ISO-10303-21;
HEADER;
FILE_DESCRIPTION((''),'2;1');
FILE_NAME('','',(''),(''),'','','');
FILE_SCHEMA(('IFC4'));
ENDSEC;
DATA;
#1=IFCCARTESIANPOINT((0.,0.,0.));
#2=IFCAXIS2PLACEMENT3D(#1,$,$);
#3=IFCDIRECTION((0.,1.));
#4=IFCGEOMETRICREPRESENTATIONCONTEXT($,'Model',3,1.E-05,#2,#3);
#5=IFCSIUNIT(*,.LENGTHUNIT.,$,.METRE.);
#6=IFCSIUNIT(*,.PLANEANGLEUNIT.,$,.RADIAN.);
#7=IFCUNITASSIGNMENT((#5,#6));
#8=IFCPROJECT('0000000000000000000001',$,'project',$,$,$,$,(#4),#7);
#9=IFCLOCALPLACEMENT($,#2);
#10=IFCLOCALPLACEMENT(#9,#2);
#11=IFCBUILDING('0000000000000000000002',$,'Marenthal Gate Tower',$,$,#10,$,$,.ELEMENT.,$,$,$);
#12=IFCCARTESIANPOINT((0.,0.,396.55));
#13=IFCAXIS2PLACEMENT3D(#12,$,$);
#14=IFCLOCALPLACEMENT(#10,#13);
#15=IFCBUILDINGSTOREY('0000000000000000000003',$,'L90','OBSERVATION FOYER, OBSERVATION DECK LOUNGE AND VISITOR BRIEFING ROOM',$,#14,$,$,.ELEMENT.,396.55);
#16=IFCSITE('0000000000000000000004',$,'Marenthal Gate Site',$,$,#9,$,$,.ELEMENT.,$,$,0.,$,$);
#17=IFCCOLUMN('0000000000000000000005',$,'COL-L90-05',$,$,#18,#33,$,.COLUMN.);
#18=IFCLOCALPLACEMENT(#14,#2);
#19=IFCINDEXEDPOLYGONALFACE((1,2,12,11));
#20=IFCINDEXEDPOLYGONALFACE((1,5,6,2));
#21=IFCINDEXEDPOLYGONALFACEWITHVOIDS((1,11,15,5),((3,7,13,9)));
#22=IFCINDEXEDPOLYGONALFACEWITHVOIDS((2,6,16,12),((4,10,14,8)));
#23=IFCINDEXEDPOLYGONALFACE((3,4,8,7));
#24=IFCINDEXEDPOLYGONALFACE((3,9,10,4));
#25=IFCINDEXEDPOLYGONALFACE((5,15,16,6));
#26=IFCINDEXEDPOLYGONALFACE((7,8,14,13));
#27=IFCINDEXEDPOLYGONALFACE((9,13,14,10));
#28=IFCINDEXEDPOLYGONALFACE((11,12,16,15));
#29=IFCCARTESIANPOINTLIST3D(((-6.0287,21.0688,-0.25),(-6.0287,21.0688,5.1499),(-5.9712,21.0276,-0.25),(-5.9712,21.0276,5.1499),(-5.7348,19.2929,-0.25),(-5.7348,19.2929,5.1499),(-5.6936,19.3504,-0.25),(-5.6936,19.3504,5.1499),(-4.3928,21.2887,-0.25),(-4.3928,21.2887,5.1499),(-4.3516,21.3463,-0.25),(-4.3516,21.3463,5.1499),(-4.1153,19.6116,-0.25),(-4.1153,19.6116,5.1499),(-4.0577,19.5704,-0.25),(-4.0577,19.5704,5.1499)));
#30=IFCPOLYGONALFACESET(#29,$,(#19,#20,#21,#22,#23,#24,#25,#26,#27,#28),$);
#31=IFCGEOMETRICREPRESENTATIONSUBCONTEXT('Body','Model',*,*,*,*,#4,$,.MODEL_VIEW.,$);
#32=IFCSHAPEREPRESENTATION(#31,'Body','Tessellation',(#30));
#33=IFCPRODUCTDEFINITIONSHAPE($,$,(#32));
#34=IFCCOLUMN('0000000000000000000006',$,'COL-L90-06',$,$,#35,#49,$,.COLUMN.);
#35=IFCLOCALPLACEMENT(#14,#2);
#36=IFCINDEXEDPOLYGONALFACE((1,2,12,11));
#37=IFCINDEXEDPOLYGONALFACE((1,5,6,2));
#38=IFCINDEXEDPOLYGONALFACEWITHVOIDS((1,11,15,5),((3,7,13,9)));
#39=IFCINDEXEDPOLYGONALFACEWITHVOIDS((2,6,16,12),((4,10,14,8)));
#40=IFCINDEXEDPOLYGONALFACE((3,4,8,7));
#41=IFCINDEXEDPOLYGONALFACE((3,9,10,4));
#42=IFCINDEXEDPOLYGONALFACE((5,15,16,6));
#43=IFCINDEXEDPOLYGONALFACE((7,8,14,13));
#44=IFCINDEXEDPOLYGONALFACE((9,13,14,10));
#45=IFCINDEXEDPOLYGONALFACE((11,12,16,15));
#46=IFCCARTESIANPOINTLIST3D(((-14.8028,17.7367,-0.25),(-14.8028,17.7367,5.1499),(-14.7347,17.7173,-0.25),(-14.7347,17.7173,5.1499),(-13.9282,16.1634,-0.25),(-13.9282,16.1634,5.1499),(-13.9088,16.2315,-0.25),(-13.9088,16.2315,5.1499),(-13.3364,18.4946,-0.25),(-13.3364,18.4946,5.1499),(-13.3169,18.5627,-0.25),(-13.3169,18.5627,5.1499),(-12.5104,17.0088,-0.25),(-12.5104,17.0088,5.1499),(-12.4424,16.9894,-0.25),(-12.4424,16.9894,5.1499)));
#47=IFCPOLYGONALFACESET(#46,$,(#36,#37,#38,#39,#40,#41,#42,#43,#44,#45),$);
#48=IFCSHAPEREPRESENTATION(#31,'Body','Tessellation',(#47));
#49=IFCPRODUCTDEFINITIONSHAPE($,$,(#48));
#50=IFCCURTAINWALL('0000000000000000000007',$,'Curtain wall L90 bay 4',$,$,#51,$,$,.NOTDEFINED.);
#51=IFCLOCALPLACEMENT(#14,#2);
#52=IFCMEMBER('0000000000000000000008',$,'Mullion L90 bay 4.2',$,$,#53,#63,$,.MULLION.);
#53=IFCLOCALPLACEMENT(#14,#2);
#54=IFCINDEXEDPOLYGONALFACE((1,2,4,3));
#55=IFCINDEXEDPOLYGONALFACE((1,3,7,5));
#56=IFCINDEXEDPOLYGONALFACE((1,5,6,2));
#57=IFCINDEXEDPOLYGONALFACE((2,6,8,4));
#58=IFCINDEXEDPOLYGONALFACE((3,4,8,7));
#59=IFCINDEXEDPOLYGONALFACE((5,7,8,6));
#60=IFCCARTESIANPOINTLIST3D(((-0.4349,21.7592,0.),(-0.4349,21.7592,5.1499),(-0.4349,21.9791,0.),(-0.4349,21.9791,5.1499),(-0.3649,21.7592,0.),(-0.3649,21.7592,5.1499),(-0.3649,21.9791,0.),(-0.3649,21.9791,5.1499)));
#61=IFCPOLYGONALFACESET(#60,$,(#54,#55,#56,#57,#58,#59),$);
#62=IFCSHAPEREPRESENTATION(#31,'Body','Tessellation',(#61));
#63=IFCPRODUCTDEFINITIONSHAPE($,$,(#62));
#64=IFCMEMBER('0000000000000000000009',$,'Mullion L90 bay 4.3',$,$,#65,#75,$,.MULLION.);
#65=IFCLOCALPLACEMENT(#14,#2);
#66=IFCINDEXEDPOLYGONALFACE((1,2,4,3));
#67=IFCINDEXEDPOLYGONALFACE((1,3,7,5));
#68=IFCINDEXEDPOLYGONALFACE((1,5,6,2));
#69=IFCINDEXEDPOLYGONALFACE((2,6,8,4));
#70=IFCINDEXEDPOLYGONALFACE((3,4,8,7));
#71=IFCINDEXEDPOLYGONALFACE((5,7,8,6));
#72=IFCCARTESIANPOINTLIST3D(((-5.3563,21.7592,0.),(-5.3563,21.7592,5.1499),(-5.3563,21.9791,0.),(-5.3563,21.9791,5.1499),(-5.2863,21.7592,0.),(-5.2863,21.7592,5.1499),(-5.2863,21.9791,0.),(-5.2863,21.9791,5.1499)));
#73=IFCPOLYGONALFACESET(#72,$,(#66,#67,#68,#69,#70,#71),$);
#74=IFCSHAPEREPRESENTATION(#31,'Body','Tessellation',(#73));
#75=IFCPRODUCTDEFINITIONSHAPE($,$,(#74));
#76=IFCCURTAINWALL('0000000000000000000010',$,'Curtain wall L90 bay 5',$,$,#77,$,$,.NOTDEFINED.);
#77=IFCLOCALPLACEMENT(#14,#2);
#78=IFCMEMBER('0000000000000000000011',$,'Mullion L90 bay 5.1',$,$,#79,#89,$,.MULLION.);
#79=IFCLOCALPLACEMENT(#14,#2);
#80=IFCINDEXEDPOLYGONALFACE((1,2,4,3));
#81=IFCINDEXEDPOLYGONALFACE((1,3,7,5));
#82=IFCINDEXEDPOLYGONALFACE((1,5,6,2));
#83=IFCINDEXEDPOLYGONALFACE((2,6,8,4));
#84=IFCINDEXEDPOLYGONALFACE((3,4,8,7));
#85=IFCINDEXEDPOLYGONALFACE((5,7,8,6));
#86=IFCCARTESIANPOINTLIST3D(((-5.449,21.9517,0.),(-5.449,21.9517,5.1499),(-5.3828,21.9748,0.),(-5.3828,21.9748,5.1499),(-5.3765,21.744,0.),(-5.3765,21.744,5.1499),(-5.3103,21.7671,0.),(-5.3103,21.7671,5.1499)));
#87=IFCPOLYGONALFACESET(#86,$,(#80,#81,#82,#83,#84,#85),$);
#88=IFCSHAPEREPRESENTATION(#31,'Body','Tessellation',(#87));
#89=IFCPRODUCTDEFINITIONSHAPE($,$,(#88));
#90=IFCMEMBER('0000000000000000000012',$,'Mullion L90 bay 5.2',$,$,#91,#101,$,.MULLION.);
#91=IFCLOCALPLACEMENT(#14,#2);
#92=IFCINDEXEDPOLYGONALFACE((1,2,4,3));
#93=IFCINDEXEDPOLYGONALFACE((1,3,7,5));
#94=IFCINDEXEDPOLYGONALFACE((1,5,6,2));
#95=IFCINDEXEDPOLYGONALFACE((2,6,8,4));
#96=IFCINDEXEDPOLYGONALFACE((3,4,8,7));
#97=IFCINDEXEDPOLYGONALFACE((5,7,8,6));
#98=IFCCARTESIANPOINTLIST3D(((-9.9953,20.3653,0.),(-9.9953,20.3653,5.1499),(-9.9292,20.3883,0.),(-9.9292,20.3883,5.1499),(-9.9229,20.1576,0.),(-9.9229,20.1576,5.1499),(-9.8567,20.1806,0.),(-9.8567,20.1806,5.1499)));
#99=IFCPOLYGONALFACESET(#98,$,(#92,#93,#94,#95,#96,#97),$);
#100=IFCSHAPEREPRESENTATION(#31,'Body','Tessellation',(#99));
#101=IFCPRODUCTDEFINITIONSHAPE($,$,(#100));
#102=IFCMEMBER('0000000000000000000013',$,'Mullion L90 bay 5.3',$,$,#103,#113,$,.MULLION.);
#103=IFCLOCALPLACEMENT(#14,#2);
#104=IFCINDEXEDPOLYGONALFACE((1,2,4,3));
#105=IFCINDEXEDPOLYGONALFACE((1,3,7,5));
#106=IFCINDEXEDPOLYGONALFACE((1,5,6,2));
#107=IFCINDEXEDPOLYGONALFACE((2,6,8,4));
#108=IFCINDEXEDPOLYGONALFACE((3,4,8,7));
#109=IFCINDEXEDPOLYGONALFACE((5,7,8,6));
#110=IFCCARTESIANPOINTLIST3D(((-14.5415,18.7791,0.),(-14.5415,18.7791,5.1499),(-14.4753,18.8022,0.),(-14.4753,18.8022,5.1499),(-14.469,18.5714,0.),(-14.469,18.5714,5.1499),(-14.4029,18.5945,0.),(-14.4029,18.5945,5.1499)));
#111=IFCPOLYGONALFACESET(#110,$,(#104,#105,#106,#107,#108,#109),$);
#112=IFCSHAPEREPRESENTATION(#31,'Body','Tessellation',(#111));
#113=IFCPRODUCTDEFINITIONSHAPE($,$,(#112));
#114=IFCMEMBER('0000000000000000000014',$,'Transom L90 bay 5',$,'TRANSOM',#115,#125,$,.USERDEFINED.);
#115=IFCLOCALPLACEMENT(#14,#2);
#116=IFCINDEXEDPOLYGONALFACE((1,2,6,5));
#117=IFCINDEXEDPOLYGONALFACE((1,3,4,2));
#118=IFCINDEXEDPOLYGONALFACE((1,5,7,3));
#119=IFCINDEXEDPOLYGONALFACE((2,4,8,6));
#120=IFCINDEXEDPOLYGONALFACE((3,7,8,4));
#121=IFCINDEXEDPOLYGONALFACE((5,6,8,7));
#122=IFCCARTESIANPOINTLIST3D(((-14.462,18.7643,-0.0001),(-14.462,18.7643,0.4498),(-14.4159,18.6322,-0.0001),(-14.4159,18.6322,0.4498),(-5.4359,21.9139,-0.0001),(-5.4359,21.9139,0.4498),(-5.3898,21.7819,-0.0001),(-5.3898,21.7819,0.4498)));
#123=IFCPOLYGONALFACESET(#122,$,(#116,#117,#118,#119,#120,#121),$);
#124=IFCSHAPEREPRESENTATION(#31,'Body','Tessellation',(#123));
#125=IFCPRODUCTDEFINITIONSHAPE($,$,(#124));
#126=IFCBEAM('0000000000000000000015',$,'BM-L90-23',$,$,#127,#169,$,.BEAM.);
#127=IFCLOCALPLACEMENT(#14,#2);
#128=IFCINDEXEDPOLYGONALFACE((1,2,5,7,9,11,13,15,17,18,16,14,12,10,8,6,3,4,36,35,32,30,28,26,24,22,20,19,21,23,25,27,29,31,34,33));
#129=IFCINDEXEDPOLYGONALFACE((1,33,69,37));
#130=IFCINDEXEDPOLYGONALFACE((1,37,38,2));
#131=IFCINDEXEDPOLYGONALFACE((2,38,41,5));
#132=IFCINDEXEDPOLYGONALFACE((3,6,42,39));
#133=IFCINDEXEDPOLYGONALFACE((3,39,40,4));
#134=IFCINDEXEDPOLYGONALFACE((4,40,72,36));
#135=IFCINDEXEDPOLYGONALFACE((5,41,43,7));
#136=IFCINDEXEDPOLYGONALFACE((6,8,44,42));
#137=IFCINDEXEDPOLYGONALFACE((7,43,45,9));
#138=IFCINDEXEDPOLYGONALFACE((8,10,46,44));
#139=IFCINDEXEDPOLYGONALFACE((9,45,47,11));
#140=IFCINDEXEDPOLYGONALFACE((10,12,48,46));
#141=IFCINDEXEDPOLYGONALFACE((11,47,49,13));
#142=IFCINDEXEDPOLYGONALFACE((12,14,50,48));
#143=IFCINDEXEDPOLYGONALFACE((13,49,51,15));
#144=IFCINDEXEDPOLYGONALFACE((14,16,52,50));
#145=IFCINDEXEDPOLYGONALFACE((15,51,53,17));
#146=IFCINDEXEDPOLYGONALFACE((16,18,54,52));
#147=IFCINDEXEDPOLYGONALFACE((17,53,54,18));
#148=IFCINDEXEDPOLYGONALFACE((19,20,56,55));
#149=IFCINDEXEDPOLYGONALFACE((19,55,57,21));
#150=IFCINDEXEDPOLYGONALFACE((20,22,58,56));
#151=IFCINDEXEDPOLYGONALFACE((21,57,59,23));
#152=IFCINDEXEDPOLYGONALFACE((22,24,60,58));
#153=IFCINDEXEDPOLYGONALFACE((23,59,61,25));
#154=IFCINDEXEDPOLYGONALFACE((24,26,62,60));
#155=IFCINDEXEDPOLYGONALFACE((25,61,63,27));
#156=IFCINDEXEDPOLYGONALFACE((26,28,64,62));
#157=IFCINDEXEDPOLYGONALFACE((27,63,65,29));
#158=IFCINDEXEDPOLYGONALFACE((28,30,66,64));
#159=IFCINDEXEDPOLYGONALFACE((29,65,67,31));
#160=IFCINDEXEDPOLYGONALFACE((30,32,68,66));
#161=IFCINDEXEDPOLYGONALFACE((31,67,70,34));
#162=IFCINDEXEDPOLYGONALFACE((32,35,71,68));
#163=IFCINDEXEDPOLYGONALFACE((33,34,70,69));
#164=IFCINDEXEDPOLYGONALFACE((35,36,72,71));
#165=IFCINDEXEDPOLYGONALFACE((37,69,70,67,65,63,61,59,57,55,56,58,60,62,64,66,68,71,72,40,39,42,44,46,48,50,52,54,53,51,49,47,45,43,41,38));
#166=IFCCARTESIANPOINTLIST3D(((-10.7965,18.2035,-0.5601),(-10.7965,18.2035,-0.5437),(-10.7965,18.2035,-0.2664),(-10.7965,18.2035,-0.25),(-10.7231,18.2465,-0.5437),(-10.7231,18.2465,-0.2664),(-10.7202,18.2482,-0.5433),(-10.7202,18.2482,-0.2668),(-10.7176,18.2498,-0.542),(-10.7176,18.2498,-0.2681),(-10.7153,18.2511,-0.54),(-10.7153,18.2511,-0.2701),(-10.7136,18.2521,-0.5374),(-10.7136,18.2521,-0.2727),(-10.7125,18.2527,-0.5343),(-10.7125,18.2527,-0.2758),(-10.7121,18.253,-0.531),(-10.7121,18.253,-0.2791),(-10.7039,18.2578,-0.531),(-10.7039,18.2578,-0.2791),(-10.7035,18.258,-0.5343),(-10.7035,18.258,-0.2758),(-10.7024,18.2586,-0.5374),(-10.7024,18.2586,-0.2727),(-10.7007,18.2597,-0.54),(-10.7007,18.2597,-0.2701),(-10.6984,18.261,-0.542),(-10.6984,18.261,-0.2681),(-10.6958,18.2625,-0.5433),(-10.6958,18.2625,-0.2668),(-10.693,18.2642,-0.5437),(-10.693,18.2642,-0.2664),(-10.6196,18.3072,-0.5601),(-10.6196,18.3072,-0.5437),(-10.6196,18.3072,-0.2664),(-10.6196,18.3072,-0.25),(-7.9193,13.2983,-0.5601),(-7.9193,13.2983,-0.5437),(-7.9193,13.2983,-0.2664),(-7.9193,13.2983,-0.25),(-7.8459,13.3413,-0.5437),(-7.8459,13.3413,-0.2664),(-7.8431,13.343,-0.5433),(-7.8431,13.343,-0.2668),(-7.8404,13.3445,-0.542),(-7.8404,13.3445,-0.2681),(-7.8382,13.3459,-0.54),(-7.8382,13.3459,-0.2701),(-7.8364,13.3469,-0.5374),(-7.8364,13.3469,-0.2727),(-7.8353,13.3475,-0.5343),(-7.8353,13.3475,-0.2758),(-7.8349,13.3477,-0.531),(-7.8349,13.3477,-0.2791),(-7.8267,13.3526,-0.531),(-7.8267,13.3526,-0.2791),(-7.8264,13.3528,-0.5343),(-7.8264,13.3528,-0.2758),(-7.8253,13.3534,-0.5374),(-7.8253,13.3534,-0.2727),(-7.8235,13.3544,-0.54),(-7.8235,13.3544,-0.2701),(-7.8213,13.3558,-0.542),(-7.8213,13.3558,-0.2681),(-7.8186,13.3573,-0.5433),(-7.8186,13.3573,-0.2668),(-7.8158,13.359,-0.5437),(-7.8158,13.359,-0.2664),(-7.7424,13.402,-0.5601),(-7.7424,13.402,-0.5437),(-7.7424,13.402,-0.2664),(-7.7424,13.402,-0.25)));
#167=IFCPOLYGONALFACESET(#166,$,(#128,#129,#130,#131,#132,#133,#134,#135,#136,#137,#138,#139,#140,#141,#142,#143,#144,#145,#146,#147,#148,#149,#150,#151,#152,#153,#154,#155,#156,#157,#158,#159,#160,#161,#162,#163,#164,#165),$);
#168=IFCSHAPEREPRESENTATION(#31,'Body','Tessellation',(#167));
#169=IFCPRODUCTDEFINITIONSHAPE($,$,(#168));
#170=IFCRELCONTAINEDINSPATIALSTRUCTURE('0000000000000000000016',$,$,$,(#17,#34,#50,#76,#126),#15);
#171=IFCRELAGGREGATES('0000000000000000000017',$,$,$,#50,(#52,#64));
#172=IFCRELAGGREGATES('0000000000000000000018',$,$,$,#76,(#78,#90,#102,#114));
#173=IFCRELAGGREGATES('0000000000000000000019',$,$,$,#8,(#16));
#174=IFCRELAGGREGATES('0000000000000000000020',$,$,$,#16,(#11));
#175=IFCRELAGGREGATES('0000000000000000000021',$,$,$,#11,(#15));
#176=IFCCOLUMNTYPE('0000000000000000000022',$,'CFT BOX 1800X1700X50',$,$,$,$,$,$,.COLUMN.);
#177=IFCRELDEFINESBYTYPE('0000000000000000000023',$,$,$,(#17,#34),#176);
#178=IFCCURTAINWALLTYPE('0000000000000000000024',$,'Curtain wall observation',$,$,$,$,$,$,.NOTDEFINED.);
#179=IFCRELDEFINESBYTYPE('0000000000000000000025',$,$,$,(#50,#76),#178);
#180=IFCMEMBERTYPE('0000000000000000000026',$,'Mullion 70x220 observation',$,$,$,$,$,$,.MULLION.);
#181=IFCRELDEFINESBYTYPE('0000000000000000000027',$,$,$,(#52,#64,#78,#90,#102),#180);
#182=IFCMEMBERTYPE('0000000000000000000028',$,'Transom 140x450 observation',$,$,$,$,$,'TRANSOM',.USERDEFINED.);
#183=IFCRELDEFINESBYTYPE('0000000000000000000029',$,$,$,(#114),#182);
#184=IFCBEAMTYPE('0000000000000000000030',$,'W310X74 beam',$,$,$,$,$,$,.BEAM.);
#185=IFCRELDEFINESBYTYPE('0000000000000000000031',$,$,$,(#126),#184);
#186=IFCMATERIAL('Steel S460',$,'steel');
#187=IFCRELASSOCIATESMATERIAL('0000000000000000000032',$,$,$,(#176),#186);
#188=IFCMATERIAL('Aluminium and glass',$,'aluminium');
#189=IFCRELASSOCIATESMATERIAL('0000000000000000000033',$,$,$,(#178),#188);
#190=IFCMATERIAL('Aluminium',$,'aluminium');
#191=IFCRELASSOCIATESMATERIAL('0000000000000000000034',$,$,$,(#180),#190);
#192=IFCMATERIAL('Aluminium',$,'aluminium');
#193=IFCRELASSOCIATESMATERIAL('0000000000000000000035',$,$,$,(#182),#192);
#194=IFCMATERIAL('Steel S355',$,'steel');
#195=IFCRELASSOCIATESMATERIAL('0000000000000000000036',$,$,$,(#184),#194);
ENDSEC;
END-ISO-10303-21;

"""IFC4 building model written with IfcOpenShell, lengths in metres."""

from ifc_helpers import new_model, si_unit, direction, frame, origin, origin_2d, place, context, subcontext, project, spatial, rectangle, hollow_rectangle, i_section, extrude, material, material_profile, profile_set, type_object, element, aggregate, save


model = new_model("IFC4")

# Units and contexts
model_context = context("Model", 3, precision=1e-05, world=origin(), true_north=direction((0.0, 1.0)))
body_context = subcontext(model_context, "Body", "Model", "MODEL_VIEW")
ifc_project = project(units=[si_unit("LENGTHUNIT", "METRE"), si_unit("PLANEANGLEUNIT", "RADIAN")], contexts=[model_context])

# Site, building, storey
site_placement = place(None, origin())
site = spatial("IfcSite", under=ifc_project, at=site_placement, Name="Marenthal Gate Site", CompositionType="ELEMENT", RefElevation=0.0)
building_placement = place(site_placement, origin())
building = spatial("IfcBuilding", under=site, at=building_placement, Name="Marenthal Gate Tower", CompositionType="ELEMENT")
storey_placement = place(building_placement, frame((0.0, 0.0, 396.55)))
storey = spatial("IfcBuildingStorey", under=building, at=storey_placement, Name="L90", Description="OBSERVATION FOYER, OBSERVATION DECK LOUNGE AND VISITOR BRIEFING ROOM", CompositionType="ELEMENT", Elevation=396.55)

# Columns
ifc_material_1 = material(Name="Steel S460", Category="steel")
ifc_material_profile_1 = material_profile(ifc_material_1, hollow_rectangle(XDim=1.7, YDim=1.8, WallThickness=0.05, at=origin_2d()), Name="CFT BOX 1800X1700X50")
ifc_material_2 = material(Name="Concrete 70 MPa", Category="concrete")
ifc_material_profile_2 = material_profile(ifc_material_2, rectangle(XDim=1.6001, YDim=1.7, at=origin_2d()), Name="CFT BOX 1800X1700X50 INFILL")
ifc_profile_set_1 = profile_set([ifc_material_profile_1, ifc_material_profile_2], Name="Steel S460 shell, Concrete 70 MPa infill")
column_type = type_object("IfcColumnType", Name="CFT BOX 1800X1700X50", PredefinedType="COLUMN", material=ifc_profile_set_1)
for number, where, z_axis, x_axis, name in (
    (1, (-5.0432, 20.3196, -0.25), (0.0, 0.0, 1.0), (0.986583, 0.163262, 0.0), "COL-L90-05"),
    (2, (-13.6226, 17.363, -0.25), (0.0, 0.0, 1.0), (0.874037, 0.48586, 0.0), "COL-L90-06"),
):
    element("IfcColumn", number, at=place(storey_placement, frame(where, z_axis=z_axis, x_axis=x_axis)), inside=storey, type_object=column_type, Name=name, PredefinedType="COLUMN", context=body_context, shape_type="SweptSolid", body=[
        extrude(hollow_rectangle(XDim=1.7, YDim=1.8, WallThickness=0.05, at=origin_2d()), origin(), (0.0, 0.0, 1.0), 5.3999),
    ])

# Curtain walls, members
ifc_material_3 = material(Name="Aluminium and glass", Category="aluminium")
curtain_wall_type = type_object("IfcCurtainWallType", Name="Curtain wall observation", PredefinedType="NOTDEFINED", material=ifc_material_3)
curtain_wall_1_placement = place(storey_placement, origin())
curtain_wall_1 = element("IfcCurtainWall", 3, at=curtain_wall_1_placement, inside=storey, type_object=curtain_wall_type, Name="Curtain wall L90 bay 4", PredefinedType="NOTDEFINED")
ifc_material_4 = material(Name="Aluminium", Category="aluminium")
ifc_material_profile_3 = material_profile(ifc_material_4, rectangle(XDim=0.22, YDim=0.0701, at=origin_2d()), Name="70x220 aluminium mullion")
ifc_profile_set_2 = profile_set([ifc_material_profile_3], Name="Aluminium")
member_type_1 = type_object("IfcMemberType", Name="Mullion 70x220 observation", PredefinedType="MULLION", material=ifc_profile_set_2)
member_1_placement = place(storey_placement, frame((-0.3999, 21.8691, 0.0), z_axis=(0.0, 0.0, 1.0), x_axis=(0.0, -1.0, 0.0)))
member_1 = element("IfcMember", 4, at=member_1_placement, type_object=member_type_1, Name="Mullion L90 bay 4.2", PredefinedType="MULLION", context=body_context, shape_type="SweptSolid", body=[
    extrude(rectangle(XDim=0.22, YDim=0.0701, at=origin_2d()), origin(), (0.0, 0.0, 1.0), 5.1499),
])
member_2_placement = place(storey_placement, frame((-5.3213, 21.8691, 0.0), z_axis=(0.0, 0.0, 1.0), x_axis=(0.0, -1.0, 0.0)))
member_2 = element("IfcMember", 5, at=member_2_placement, type_object=member_type_1, Name="Mullion L90 bay 4.3", PredefinedType="MULLION", context=body_context, shape_type="SweptSolid", body=[
    extrude(rectangle(XDim=0.22, YDim=0.0701, at=origin_2d()), origin(), (0.0, 0.0, 1.0), 5.1499),
])
curtain_wall_2_placement = place(storey_placement, origin())
curtain_wall_2 = element("IfcCurtainWall", 6, at=curtain_wall_2_placement, inside=storey, type_object=curtain_wall_type, Name="Curtain wall L90 bay 5", PredefinedType="NOTDEFINED")
member_3_placement = place(storey_placement, frame((-5.3796, 21.8594, 0.0), z_axis=(0.0, 0.0, 1.0), x_axis=(0.329454, -0.944172, 0.0)))
member_3 = element("IfcMember", 7, at=member_3_placement, type_object=member_type_1, Name="Mullion L90 bay 5.1", PredefinedType="MULLION", context=body_context, shape_type="SweptSolid", body=[
    extrude(rectangle(XDim=0.22, YDim=0.0701, at=origin_2d()), origin(), (0.0, 0.0, 1.0), 5.1499),
])
member_4_placement = place(storey_placement, frame((-9.926, 20.2729, 0.0), z_axis=(0.0, 0.0, 1.0), x_axis=(0.329454, -0.944172, 0.0)))
member_4 = element("IfcMember", 8, at=member_4_placement, type_object=member_type_1, Name="Mullion L90 bay 5.2", PredefinedType="MULLION", context=body_context, shape_type="SweptSolid", body=[
    extrude(rectangle(XDim=0.22, YDim=0.0701, at=origin_2d()), origin(), (0.0, 0.0, 1.0), 5.1499),
])
member_5_placement = place(storey_placement, frame((-14.4722, 18.6868, 0.0), z_axis=(0.0, 0.0, 1.0), x_axis=(0.329454, -0.944172, 0.0)))
member_5 = element("IfcMember", 9, at=member_5_placement, type_object=member_type_1, Name="Mullion L90 bay 5.3", PredefinedType="MULLION", context=body_context, shape_type="SweptSolid", body=[
    extrude(rectangle(XDim=0.22, YDim=0.0701, at=origin_2d()), origin(), (0.0, 0.0, 1.0), 5.1499),
])
ifc_material_5 = material(Name="Aluminium", Category="aluminium")
ifc_material_profile_4 = material_profile(ifc_material_5, rectangle(XDim=0.1399, YDim=0.45, at=origin_2d()), Name="140x450 aluminium transom")
ifc_profile_set_3 = profile_set([ifc_material_profile_4], Name="Aluminium")
member_type_2 = type_object("IfcMemberType", Name="Transom 140x450 observation", ElementType="TRANSOM", PredefinedType="USERDEFINED", material=ifc_profile_set_3)
member_6_placement = place(storey_placement, frame((-5.4128, 21.8479, 0.2249), z_axis=(-0.944167, -0.329466, 0.0), x_axis=(0.329466, -0.944167, 0.0)))
member_6 = element("IfcMember", 10, at=member_6_placement, type_object=member_type_2, Name="Transom L90 bay 5", ObjectType="TRANSOM", PredefinedType="USERDEFINED", context=body_context, shape_type="SweptSolid", body=[
    extrude(rectangle(XDim=0.1399, YDim=0.45, at=origin_2d()), origin(), (0.0, 0.0, 1.0), 9.5598),
])

# Beam
ifc_material_6 = material(Name="Steel S355", Category="steel")
ifc_material_profile_5 = material_profile(ifc_material_6, i_section(OverallWidth=0.2051, OverallDepth=0.3101, WebThickness=0.0095, FlangeThickness=0.0164, FilletRadius=0.0127, at=origin_2d()), Name="W310X74")
ifc_profile_set_4 = profile_set([ifc_material_profile_5], Name="Steel S355")
beam_type_1 = type_object("IfcBeamType", Name="W310X74 beam", PredefinedType="BEAM", material=ifc_profile_set_4)
beam_1_placement = place(storey_placement, frame((-10.708, 18.2554, -0.405), z_axis=(0.505941, -0.862568, 0.0), x_axis=(0.862568, 0.505941, 0.0)))
element("IfcBeam", 11, at=beam_1_placement, inside=storey, type_object=beam_type_1, Name="BM-L90-23", PredefinedType="BEAM", context=body_context, shape_type="SweptSolid", body=[
    extrude(i_section(OverallWidth=0.2051, OverallDepth=0.3101, WebThickness=0.0095, FlangeThickness=0.0164, FilletRadius=0.0127, at=origin_2d()), origin(), (0.0, 0.0, 1.0), 5.6868),
])

aggregate(curtain_wall_1, [member_1, member_2])
aggregate(curtain_wall_2, [member_3, member_4, member_5, member_6])

save(model, "model.ifc")
